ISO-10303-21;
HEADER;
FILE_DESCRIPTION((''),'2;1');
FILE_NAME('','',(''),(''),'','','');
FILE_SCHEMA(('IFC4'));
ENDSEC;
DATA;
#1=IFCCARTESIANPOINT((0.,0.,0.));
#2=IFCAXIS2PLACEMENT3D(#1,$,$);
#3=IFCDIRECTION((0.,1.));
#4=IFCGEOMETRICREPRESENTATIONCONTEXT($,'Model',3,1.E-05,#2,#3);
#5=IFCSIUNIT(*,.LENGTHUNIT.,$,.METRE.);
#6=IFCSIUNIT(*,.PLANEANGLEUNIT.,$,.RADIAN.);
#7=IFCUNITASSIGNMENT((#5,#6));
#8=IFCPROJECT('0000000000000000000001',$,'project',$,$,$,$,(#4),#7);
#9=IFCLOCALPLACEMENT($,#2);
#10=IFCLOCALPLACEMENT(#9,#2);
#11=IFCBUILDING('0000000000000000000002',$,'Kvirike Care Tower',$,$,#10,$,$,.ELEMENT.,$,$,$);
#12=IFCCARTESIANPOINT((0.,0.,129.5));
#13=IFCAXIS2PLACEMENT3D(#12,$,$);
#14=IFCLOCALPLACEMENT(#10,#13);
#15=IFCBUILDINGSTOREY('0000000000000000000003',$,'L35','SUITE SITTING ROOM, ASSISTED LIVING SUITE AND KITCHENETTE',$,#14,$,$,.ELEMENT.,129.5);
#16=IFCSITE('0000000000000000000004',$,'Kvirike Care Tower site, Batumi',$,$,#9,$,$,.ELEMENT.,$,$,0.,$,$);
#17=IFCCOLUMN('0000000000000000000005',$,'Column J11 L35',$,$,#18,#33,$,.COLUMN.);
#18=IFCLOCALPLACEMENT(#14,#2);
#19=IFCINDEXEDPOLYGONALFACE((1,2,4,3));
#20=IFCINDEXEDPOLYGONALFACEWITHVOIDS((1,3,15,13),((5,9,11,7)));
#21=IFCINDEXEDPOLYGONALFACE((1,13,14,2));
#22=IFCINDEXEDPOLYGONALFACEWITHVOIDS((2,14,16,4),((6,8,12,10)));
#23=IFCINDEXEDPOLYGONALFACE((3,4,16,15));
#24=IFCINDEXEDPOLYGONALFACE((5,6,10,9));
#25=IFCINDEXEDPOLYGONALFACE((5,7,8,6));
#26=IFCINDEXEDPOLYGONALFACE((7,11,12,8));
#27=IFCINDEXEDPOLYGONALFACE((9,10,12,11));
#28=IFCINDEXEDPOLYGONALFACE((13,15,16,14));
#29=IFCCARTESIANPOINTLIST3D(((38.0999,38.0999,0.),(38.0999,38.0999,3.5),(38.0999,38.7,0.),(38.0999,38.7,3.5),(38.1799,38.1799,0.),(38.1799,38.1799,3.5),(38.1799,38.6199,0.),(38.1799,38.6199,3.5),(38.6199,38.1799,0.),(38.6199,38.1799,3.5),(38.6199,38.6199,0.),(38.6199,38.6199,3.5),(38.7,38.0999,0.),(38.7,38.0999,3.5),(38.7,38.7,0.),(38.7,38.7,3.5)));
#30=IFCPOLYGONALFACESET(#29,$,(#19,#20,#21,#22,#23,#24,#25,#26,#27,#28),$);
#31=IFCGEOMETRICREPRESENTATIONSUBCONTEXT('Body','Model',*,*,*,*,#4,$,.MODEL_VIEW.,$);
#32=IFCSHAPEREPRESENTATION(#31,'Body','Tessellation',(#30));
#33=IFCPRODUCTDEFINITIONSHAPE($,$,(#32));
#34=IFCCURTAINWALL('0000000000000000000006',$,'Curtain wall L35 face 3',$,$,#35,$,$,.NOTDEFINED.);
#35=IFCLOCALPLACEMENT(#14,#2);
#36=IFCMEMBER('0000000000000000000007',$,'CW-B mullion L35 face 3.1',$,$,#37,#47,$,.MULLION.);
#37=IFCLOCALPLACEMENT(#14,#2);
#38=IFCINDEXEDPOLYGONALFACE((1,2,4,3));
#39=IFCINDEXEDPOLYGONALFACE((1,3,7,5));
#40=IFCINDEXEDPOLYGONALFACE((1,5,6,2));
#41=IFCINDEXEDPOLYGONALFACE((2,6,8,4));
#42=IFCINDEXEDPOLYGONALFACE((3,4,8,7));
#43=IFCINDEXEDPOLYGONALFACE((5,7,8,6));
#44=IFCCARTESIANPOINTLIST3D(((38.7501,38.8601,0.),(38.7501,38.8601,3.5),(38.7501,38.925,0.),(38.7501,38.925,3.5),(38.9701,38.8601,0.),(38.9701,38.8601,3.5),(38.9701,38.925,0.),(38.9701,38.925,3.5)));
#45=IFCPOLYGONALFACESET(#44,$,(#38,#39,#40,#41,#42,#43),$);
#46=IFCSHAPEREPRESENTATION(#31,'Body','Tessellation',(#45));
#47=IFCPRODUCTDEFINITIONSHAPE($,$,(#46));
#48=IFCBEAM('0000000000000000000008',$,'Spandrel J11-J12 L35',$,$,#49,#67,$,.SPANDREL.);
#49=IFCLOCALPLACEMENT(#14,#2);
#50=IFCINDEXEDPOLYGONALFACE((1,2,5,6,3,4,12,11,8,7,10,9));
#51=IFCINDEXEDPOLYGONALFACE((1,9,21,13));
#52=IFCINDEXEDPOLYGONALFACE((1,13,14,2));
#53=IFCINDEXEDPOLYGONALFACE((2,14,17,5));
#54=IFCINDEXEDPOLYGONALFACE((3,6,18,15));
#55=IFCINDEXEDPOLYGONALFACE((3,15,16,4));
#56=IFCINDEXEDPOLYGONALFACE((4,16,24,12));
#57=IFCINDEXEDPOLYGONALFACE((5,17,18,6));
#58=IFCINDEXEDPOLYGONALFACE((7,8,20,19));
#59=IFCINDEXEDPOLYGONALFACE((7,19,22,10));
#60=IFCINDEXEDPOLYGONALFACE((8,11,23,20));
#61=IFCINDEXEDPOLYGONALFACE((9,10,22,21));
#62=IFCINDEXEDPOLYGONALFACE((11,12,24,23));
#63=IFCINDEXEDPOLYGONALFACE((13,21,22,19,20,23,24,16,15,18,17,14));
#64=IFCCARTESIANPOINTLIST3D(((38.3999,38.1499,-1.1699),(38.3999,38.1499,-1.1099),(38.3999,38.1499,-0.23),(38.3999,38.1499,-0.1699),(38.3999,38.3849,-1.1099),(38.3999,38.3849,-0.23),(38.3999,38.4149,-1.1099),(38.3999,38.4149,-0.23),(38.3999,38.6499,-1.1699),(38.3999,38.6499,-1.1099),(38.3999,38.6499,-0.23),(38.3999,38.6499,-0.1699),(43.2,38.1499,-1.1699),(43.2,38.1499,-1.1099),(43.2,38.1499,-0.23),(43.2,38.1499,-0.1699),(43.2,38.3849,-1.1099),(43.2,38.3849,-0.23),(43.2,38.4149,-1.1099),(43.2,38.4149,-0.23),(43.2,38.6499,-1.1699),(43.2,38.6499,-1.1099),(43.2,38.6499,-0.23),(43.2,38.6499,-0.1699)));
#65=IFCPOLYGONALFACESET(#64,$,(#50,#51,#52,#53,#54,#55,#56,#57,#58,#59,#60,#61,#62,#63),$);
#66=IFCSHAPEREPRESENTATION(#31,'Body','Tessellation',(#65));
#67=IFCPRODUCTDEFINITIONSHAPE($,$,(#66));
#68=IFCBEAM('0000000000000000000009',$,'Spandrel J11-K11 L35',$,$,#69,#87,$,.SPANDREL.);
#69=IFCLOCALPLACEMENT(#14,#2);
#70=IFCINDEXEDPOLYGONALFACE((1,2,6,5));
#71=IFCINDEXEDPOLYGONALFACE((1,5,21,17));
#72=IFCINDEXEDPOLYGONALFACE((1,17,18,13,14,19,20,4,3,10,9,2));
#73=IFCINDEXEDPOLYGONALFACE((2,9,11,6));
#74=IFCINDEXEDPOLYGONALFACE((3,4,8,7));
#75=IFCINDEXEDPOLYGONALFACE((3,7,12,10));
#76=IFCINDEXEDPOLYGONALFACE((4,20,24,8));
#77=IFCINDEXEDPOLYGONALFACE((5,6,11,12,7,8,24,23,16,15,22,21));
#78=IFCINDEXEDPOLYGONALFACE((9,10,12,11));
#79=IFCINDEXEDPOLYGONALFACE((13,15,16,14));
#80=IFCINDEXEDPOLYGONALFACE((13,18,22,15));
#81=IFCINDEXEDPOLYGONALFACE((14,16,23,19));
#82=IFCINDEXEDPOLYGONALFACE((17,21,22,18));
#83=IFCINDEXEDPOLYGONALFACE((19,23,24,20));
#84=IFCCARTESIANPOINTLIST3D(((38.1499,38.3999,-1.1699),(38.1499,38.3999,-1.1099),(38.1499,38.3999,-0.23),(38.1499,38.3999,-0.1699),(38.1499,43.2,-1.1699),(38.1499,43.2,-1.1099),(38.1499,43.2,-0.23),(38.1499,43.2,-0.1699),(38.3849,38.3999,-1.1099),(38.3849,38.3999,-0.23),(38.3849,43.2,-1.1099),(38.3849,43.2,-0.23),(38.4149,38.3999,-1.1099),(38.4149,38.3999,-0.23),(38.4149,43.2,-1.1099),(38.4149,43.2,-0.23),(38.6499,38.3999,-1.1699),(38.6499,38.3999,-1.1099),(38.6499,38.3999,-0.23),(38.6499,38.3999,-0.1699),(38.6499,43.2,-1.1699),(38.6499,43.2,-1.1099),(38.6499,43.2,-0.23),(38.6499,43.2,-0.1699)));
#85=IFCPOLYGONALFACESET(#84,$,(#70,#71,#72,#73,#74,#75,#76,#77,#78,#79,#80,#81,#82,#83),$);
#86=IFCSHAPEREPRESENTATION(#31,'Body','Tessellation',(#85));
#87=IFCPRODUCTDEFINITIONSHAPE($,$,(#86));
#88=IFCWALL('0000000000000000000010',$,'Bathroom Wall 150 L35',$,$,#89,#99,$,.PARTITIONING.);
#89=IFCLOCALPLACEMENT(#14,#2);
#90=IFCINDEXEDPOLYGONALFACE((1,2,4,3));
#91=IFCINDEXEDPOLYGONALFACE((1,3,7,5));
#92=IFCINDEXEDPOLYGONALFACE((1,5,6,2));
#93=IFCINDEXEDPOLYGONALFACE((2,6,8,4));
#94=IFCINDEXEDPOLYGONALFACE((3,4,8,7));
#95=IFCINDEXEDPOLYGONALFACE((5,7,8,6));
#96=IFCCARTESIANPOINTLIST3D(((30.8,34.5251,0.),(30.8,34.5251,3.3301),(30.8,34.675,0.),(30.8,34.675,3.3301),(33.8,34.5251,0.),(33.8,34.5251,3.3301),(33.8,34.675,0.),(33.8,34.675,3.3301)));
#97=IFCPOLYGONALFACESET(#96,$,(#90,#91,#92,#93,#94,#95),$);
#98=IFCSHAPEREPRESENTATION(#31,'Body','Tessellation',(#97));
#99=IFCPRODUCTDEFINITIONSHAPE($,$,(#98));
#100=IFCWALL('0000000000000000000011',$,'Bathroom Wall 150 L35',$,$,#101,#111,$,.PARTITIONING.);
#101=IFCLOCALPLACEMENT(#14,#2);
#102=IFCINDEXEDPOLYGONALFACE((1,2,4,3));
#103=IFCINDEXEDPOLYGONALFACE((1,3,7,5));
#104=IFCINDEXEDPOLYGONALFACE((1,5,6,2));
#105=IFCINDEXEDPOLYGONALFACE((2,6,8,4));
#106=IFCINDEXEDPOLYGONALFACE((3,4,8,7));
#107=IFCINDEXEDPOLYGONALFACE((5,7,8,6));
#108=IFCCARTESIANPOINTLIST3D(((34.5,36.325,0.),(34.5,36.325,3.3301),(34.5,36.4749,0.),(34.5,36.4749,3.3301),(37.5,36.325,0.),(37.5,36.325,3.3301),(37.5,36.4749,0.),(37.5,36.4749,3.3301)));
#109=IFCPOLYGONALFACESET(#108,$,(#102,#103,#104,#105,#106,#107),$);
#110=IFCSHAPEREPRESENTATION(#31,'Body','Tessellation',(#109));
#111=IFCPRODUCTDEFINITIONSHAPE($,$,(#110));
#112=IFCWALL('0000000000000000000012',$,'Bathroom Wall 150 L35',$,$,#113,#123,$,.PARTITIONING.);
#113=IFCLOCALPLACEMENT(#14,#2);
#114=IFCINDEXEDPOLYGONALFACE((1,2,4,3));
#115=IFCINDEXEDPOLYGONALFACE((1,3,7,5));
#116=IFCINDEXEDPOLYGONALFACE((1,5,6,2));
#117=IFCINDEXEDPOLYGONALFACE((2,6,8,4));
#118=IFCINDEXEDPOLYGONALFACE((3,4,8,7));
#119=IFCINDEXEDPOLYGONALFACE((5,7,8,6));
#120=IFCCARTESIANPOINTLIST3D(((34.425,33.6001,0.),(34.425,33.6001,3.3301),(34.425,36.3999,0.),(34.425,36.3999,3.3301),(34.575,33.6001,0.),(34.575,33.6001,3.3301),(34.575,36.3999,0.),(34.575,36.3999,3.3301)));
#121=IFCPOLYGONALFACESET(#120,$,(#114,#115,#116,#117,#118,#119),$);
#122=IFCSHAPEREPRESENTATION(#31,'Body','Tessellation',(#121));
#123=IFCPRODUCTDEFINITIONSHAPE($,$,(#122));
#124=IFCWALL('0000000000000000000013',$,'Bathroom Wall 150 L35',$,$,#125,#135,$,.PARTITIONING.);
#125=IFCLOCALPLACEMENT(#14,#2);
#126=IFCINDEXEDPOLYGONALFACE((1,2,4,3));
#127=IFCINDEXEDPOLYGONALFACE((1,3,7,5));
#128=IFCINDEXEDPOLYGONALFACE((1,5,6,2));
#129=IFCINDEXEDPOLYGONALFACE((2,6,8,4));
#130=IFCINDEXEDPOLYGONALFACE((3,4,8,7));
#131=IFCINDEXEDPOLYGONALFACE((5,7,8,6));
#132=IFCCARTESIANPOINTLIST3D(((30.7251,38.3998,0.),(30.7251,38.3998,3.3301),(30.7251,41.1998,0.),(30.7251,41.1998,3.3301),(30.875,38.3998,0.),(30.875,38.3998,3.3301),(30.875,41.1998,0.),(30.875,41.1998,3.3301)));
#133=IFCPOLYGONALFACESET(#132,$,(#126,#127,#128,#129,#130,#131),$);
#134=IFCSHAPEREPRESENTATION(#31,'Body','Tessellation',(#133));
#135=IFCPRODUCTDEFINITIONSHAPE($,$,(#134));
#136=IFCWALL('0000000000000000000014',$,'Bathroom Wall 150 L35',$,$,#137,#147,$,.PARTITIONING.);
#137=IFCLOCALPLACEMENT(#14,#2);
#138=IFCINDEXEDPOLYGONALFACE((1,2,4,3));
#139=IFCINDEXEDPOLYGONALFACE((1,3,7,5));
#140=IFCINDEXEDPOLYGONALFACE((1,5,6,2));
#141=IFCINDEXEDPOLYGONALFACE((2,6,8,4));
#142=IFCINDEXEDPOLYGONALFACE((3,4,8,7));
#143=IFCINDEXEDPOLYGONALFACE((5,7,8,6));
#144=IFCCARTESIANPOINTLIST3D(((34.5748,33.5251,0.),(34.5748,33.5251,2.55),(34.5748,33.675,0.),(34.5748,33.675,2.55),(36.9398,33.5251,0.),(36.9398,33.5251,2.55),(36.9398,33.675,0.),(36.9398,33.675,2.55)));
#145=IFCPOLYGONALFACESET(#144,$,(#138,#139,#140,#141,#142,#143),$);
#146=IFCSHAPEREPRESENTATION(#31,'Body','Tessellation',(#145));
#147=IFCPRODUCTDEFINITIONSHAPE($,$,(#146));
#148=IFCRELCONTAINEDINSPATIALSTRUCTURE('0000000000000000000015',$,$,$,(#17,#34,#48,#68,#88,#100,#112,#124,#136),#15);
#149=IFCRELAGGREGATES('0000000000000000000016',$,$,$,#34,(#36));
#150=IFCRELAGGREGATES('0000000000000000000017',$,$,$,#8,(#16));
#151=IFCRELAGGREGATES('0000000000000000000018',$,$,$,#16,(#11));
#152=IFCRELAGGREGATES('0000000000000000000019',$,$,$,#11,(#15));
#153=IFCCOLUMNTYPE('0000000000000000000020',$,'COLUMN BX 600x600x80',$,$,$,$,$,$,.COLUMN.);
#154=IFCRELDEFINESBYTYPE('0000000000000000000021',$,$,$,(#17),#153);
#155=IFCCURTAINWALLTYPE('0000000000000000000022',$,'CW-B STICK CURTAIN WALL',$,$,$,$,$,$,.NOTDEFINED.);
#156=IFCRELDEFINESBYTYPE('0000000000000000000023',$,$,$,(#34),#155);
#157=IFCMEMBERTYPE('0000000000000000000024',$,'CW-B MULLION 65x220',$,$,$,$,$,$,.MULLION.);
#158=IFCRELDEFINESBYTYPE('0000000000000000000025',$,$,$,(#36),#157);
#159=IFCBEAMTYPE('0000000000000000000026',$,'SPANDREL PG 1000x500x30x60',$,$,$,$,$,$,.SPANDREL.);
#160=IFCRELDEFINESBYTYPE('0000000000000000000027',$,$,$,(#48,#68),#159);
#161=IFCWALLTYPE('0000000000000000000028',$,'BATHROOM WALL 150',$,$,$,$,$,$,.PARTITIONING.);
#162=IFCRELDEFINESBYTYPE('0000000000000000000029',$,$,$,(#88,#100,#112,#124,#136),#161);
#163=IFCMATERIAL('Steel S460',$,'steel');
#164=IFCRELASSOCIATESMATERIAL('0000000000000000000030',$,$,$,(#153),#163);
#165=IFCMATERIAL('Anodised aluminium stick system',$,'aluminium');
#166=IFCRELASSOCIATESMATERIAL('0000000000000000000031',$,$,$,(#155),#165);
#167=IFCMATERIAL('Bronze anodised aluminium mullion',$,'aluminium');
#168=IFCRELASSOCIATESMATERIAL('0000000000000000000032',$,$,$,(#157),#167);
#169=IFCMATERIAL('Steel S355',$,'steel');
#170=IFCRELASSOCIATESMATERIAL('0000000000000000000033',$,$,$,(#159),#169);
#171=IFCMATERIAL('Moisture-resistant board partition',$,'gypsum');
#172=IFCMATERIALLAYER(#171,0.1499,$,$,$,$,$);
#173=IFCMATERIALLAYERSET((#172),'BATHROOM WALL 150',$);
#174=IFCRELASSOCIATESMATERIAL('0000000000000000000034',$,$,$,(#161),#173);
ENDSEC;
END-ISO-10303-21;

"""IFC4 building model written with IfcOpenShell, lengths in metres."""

from ifc_helpers import new_model, si_unit, direction, frame, frame_2d, origin, origin_2d, place, context, subcontext, project, spatial, rectangle, hollow_rectangle, i_section, extrude, material, layer, layer_set, material_profile, profile_set, type_object, element, aggregate, save


model = new_model("IFC4")

# Units and contexts
model_context = context("Model", 3, precision=1e-05, world=origin(), true_north=direction((0.0, 1.0)))
body_context = subcontext(model_context, "Body", "Model", "MODEL_VIEW")
ifc_project = project(units=[si_unit("LENGTHUNIT", "METRE"), si_unit("PLANEANGLEUNIT", "RADIAN")], contexts=[model_context])

# Site, building, storey
site_placement = place(None, origin())
site = spatial("IfcSite", under=ifc_project, at=site_placement, Name="Kvirike Care Tower site, Batumi", CompositionType="ELEMENT", RefElevation=0.0)
building_placement = place(site_placement, origin())
building = spatial("IfcBuilding", under=site, at=building_placement, Name="Kvirike Care Tower", CompositionType="ELEMENT")
storey_placement = place(building_placement, frame((0.0, 0.0, 129.5)))
storey = spatial("IfcBuildingStorey", under=building, at=storey_placement, Name="L35", Description="SUITE SITTING ROOM, ASSISTED LIVING SUITE AND KITCHENETTE", CompositionType="ELEMENT", Elevation=129.5)

# Column
ifc_material_1 = material(Name="Steel S460", Category="steel")
ifc_material_profile_1 = material_profile(ifc_material_1, hollow_rectangle(XDim=0.6001, YDim=0.6001, WallThickness=0.0801, at=origin_2d()), Name="BX 600x600x80")
ifc_profile_set_1 = profile_set([ifc_material_profile_1], Name="Steel S460")
column_type = type_object("IfcColumnType", Name="COLUMN BX 600x600x80", PredefinedType="COLUMN", material=ifc_profile_set_1)
column_placement = place(storey_placement, frame((38.3999, 38.3999, 0.0), z_axis=(0.0, 0.0, 1.0), x_axis=(0.0, 1.0, 0.0)))
element("IfcColumn", 1, at=column_placement, inside=storey, type_object=column_type, Name="Column J11 L35", PredefinedType="COLUMN", context=body_context, shape_type="SweptSolid", body=[
    extrude(hollow_rectangle(XDim=0.6001, YDim=0.6001, WallThickness=0.0801, at=origin_2d()), origin(), (0.0, 0.0, 1.0), 3.5),
])

# Curtain wall, member
ifc_material_2 = material(Name="Anodised aluminium stick system", Category="aluminium")
curtain_wall_type = type_object("IfcCurtainWallType", Name="CW-B STICK CURTAIN WALL", PredefinedType="NOTDEFINED", material=ifc_material_2)
curtain_wall_placement = place(storey_placement, origin())
curtain_wall = element("IfcCurtainWall", 2, at=curtain_wall_placement, inside=storey, type_object=curtain_wall_type, Name="Curtain wall L35 face 3", PredefinedType="NOTDEFINED")
ifc_material_3 = material(Name="Bronze anodised aluminium mullion", Category="aluminium")
ifc_material_profile_2 = material_profile(ifc_material_3, rectangle(XDim=0.0649, YDim=0.22, at=origin_2d()), Name="CW-B MULLION 65x220")
ifc_profile_set_2 = profile_set([ifc_material_profile_2], Name="Bronze anodised aluminium mullion")
member_type = type_object("IfcMemberType", Name="CW-B MULLION 65x220", PredefinedType="MULLION", material=ifc_profile_set_2)
member_placement = place(storey_placement, frame((38.8601, 38.8926, 0.0), z_axis=(0.0, 0.0, 1.0), x_axis=(0.0, 1.0, 0.0)))
member = element("IfcMember", 3, at=member_placement, type_object=member_type, Name="CW-B mullion L35 face 3.1", PredefinedType="MULLION", context=body_context, shape_type="SweptSolid", body=[
    extrude(rectangle(XDim=0.0649, YDim=0.22, at=origin_2d()), origin(), (0.0, 0.0, 1.0), 3.5),
])
aggregate(curtain_wall, [member])

# Beams
ifc_material_4 = material(Name="Steel S355", Category="steel")
ifc_material_profile_3 = material_profile(ifc_material_4, i_section(OverallWidth=0.5, OverallDepth=1.0, WebThickness=0.03, FlangeThickness=0.0601, at=origin_2d()), Name="PG 1000x500x30x60")
ifc_profile_set_3 = profile_set([ifc_material_profile_3], Name="Steel S355")
beam_type = type_object("IfcBeamType", Name="SPANDREL PG 1000x500x30x60", PredefinedType="SPANDREL", material=ifc_profile_set_3)
for number, where, z_axis, x_axis, name in (
    (4, (38.3999, 38.3999, -0.6699), (1.0, 0.0, 0.0), (0.0, 1.0, 0.0), "Spandrel J11-J12 L35"),
    (5, (38.3999, 38.3999, -0.6699), (0.0, 1.0, 0.0), (-1.0, 0.0, 0.0), "Spandrel J11-K11 L35"),
):
    element("IfcBeam", number, at=place(storey_placement, frame(where, z_axis=z_axis, x_axis=x_axis)), inside=storey, type_object=beam_type, Name=name, PredefinedType="SPANDREL", context=body_context, shape_type="SweptSolid", body=[
        extrude(i_section(OverallWidth=0.5, OverallDepth=1.0, WebThickness=0.03, FlangeThickness=0.0601, at=origin_2d()), origin(), (0.0, 0.0, 1.0), 4.8),
    ])

# Walls
ifc_material_5 = material(Name="Moisture-resistant board partition", Category="gypsum")
ifc_layer_1 = layer(ifc_material_5, 0.1499)
ifc_layer_set_1 = layer_set([ifc_layer_1], Name="BATHROOM WALL 150")
wall_type_1 = type_object("IfcWallType", Name="BATHROOM WALL 150", PredefinedType="PARTITIONING", material=ifc_layer_set_1)
for number, where, z_axis, x_axis, name in (
    (6, (33.8, 34.6001, 0.0), (0.0, 0.0, 1.0), (-1.0, 0.0, 0.0), "Bathroom Wall 150 L35"),
    (7, (37.5, 36.3999, 0.0), (0.0, 0.0, 1.0), (-1.0, 0.0, 0.0), "Bathroom Wall 150 L35"),
):
    element("IfcWall", number, at=place(storey_placement, frame(where, z_axis=z_axis, x_axis=x_axis)), inside=storey, type_object=wall_type_1, Name=name, PredefinedType="PARTITIONING", context=body_context, shape_type="SweptSolid", body=[
        extrude(rectangle(XDim=3.0, YDim=0.1499, at=frame_2d((1.5, 0.0))), origin(), (0.0, 0.0, 1.0), 3.3301),
    ])
wall_1_placement = place(storey_placement, frame((34.5, 33.6001, 0.0), z_axis=(0.0, 0.0, 1.0), x_axis=(0.0, 1.0, 0.0)))
element("IfcWall", 8, at=wall_1_placement, inside=storey, type_object=wall_type_1, Name="Bathroom Wall 150 L35", PredefinedType="PARTITIONING", context=body_context, shape_type="SweptSolid", body=[
    extrude(rectangle(XDim=2.7998, YDim=0.1499, at=frame_2d((1.3999, 0.0))), origin(), (0.0, 0.0, 1.0), 3.3301),
])
wall_2_placement = place(storey_placement, frame((30.8, 38.3999, 0.0), z_axis=(0.0, 0.0, 1.0), x_axis=(0.0, 1.0, 0.0)))
element("IfcWall", 9, at=wall_2_placement, inside=storey, type_object=wall_type_1, Name="Bathroom Wall 150 L35", PredefinedType="PARTITIONING", context=body_context, shape_type="SweptSolid", body=[
    extrude(rectangle(XDim=2.8, YDim=0.1499, at=frame_2d((1.3999, 0.0))), origin(), (0.0, 0.0, 1.0), 3.3301),
])
wall_3_placement = place(storey_placement, frame((36.9399, 33.6001, 0.0), z_axis=(0.0, 0.0, 1.0), x_axis=(-1.0, 0.0, 0.0)))
element("IfcWall", 10, at=wall_3_placement, inside=storey, type_object=wall_type_1, Name="Bathroom Wall 150 L35", PredefinedType="PARTITIONING", context=body_context, shape_type="SweptSolid", body=[
    extrude(rectangle(XDim=2.365, YDim=0.1499, at=frame_2d((1.1826, 0.0))), origin(), (0.0, 0.0, 1.0), 2.55),
])

save(model, "model.ifc")
